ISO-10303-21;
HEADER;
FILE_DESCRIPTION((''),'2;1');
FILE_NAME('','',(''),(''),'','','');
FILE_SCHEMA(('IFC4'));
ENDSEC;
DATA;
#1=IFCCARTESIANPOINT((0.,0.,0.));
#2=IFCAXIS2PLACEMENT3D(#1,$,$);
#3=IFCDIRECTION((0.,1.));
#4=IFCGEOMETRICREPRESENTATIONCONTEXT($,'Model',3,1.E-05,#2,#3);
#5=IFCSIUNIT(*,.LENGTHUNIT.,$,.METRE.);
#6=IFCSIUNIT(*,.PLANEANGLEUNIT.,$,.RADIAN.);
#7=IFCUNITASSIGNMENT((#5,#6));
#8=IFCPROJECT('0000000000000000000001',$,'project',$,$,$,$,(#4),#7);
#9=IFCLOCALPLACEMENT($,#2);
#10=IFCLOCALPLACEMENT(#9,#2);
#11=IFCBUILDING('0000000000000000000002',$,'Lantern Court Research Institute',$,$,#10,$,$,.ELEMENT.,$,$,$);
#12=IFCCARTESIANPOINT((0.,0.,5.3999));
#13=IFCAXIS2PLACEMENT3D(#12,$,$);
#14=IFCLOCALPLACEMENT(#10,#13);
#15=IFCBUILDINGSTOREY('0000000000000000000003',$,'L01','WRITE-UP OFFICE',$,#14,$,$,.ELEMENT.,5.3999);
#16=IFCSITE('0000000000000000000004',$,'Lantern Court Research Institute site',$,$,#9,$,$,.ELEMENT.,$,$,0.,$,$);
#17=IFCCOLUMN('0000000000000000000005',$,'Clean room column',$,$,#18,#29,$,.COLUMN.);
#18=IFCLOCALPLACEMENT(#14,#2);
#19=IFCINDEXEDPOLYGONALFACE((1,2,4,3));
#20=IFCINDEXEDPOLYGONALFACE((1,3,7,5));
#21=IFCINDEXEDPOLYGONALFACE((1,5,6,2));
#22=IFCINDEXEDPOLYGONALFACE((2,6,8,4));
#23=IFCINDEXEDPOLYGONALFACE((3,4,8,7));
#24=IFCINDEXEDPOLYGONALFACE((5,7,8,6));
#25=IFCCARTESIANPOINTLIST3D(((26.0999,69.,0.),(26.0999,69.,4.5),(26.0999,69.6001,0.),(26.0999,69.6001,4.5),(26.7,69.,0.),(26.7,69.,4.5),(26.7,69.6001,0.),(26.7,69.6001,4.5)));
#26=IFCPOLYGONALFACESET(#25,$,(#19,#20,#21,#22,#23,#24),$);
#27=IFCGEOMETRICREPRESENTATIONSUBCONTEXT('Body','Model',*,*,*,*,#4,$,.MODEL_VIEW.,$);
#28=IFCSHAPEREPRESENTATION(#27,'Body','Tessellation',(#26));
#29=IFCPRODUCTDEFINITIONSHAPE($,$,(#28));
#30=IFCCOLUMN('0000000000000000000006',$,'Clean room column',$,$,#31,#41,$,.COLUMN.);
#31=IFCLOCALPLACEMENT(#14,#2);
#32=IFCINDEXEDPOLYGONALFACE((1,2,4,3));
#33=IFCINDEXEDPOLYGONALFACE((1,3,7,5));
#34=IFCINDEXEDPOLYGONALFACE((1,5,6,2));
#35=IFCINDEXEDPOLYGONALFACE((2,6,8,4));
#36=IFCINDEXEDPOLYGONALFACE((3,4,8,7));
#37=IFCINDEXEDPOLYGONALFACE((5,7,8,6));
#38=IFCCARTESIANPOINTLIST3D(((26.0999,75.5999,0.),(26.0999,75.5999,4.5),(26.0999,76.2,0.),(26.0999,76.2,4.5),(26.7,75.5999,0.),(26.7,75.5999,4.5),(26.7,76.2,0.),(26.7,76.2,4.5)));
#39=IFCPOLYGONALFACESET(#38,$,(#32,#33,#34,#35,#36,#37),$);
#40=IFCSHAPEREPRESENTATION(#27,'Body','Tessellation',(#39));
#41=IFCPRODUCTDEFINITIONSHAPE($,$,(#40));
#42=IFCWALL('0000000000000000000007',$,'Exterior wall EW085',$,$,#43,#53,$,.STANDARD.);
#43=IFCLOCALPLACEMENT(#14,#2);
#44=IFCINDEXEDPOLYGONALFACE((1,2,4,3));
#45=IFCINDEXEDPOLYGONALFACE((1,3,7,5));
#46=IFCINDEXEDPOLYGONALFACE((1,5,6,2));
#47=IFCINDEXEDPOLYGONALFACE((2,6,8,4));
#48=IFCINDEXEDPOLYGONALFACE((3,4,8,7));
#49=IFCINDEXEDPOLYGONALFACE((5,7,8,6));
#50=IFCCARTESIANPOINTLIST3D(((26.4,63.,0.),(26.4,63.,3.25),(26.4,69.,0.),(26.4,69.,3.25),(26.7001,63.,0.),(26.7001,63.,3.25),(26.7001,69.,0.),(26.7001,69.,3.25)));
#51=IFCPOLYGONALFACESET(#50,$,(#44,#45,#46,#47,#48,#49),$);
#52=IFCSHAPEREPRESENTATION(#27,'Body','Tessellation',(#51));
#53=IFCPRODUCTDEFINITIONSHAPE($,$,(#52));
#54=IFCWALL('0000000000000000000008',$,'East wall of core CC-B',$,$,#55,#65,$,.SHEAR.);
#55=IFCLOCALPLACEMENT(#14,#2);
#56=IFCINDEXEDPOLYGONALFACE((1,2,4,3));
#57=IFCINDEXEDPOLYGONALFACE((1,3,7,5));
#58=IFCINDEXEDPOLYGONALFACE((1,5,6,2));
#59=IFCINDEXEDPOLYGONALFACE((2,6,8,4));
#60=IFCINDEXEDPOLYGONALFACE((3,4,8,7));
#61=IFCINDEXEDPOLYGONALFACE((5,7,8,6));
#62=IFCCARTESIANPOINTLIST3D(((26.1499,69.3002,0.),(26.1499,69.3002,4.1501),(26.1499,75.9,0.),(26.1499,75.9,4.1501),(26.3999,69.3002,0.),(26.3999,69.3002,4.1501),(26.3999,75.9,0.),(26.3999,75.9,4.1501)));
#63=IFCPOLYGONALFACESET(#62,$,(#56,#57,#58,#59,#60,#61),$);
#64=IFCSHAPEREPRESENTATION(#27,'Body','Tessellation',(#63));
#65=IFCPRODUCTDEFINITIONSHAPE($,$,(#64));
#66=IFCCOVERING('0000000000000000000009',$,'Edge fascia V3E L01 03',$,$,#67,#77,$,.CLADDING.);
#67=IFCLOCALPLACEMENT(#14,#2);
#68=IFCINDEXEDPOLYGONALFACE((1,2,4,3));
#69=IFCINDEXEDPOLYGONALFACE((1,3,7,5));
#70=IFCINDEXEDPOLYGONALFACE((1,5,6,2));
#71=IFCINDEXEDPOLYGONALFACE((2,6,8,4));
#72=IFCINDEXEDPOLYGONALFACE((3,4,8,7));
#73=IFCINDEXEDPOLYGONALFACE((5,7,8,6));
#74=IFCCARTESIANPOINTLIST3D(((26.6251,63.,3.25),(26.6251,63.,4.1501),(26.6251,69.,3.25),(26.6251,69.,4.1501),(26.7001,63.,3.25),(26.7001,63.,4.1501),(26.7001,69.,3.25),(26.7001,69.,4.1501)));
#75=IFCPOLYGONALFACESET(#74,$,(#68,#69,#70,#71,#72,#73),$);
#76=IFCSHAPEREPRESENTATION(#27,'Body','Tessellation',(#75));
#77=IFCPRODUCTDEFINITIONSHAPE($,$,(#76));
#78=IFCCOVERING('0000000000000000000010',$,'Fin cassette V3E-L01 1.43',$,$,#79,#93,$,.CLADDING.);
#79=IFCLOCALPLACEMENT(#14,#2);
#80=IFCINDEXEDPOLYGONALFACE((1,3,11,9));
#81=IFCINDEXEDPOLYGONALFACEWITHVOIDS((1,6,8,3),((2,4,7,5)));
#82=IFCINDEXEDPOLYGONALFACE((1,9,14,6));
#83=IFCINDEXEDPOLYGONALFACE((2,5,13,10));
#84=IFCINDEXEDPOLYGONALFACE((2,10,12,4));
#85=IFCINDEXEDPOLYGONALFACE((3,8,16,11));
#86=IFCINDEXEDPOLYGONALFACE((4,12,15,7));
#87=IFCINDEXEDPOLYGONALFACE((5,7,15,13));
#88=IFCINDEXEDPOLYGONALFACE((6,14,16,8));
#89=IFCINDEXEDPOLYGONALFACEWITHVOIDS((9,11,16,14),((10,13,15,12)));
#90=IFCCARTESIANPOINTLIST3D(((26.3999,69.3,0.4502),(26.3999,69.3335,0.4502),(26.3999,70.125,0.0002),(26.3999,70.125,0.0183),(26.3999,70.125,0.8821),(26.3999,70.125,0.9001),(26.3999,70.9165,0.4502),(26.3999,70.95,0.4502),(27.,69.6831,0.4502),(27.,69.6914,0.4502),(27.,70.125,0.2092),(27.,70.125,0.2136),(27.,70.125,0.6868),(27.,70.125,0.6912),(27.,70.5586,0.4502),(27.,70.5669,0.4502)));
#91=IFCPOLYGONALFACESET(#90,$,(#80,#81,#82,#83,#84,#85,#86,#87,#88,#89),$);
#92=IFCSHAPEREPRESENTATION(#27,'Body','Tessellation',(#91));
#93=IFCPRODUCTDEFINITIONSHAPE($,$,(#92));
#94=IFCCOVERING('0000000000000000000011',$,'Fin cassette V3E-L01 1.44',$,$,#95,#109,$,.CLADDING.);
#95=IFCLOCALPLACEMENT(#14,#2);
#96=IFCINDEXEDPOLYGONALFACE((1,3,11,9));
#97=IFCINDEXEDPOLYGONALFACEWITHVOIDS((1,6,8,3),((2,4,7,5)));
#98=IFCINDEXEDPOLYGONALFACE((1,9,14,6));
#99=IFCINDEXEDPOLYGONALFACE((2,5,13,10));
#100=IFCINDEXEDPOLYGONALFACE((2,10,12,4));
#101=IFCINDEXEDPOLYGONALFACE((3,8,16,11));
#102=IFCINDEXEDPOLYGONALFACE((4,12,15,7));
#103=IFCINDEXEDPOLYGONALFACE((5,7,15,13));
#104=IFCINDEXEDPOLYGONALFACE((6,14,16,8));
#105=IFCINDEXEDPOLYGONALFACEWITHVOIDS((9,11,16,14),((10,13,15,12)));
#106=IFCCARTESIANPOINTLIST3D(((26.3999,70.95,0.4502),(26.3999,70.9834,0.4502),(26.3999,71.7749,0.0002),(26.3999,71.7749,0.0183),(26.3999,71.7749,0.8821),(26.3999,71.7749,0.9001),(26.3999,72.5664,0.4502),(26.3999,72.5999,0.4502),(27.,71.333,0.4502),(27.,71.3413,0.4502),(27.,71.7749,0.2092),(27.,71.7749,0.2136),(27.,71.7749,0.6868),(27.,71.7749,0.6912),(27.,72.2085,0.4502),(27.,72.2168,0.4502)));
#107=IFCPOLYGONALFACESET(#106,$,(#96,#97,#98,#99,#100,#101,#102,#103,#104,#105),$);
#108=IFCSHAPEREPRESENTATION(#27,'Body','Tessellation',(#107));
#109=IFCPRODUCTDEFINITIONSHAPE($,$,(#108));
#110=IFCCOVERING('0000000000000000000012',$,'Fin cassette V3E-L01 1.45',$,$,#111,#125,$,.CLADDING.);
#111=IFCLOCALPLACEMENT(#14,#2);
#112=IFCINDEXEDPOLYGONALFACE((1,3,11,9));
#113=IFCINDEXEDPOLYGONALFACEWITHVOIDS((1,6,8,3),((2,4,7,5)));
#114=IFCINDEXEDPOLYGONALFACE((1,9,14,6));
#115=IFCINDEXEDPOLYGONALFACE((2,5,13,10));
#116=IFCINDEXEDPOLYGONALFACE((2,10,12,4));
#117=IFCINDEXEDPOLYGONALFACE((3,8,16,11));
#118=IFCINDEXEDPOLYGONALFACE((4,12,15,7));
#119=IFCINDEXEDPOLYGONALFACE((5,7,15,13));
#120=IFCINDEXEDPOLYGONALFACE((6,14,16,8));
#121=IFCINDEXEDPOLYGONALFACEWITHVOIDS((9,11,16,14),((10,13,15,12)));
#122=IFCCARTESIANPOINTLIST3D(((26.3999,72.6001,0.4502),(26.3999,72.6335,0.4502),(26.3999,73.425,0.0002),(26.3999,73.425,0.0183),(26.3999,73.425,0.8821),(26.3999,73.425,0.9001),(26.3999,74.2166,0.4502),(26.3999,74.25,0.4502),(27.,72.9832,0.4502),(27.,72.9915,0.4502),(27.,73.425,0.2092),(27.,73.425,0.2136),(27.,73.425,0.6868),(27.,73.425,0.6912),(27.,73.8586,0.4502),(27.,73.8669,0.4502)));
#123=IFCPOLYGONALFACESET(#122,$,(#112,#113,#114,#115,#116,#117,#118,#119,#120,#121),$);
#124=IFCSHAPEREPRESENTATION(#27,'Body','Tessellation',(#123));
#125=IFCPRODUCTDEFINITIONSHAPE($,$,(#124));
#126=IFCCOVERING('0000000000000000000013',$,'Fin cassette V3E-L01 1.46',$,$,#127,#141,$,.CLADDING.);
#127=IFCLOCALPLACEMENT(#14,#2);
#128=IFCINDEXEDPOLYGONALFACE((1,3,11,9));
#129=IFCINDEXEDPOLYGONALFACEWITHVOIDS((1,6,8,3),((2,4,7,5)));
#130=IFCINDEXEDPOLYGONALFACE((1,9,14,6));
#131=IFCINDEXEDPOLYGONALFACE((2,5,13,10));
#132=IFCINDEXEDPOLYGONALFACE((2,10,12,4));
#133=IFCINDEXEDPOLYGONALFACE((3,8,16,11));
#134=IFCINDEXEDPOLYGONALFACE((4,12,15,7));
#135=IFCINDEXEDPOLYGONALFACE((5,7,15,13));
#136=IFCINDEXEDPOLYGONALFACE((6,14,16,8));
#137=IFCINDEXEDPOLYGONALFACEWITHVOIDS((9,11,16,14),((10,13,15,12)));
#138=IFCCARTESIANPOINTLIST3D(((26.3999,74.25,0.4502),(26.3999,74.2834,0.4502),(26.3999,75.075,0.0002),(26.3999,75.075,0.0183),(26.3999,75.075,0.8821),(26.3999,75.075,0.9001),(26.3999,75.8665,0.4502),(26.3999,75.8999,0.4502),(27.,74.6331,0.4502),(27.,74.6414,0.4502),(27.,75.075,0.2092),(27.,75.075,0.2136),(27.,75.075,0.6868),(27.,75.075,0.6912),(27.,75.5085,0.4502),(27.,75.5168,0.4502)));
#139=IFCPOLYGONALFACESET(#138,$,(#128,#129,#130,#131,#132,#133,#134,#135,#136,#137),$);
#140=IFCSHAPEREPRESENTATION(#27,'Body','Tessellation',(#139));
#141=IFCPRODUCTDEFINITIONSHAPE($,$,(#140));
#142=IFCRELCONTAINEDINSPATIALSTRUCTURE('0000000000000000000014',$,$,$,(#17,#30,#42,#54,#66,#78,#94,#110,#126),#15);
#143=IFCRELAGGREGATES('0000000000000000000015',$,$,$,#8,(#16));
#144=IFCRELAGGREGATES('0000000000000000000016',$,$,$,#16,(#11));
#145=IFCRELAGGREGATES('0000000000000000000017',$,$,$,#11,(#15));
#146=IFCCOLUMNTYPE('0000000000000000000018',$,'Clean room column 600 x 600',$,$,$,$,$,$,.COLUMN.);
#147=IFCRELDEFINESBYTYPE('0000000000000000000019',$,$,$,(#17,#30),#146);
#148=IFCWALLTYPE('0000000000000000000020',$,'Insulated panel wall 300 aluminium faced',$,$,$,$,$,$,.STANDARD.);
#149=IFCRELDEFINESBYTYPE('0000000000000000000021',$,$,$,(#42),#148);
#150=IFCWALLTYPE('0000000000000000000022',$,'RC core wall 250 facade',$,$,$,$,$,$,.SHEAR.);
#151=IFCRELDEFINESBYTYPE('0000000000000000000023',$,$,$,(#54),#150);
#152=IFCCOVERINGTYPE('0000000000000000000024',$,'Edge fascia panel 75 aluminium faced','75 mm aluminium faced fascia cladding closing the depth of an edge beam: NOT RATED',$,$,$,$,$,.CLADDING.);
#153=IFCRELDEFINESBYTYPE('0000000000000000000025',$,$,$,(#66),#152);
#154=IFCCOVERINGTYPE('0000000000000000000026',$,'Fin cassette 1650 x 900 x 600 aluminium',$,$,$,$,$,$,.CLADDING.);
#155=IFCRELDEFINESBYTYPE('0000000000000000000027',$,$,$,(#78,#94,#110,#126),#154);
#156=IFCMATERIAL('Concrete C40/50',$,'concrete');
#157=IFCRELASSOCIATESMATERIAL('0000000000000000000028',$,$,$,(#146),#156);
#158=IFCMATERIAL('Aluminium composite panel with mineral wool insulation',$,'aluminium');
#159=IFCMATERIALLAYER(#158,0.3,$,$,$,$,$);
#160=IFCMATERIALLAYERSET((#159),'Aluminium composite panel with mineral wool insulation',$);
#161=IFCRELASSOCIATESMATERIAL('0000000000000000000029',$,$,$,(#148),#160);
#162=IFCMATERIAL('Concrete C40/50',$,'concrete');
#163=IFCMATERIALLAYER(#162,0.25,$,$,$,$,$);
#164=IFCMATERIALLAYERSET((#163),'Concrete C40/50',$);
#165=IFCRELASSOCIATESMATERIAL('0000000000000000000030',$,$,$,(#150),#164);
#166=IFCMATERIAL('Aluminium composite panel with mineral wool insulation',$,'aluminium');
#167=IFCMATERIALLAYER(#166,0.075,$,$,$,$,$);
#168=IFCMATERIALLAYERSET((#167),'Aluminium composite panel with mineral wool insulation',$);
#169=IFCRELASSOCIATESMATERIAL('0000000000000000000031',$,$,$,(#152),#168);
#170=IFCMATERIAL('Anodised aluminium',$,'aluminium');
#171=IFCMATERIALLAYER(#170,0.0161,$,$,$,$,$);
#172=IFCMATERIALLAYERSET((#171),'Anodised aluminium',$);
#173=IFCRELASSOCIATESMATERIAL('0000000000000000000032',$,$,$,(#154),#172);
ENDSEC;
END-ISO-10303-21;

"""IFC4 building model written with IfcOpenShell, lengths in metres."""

from ifc_helpers import new_model, entity, si_unit, direction, frame, frame_2d, origin, origin_2d, place, context, subcontext, project, spatial, rectangle, extrude, material, layer, layer_set, material_profile, profile_set, type_object, element, save


model = new_model("IFC4")

# Units and contexts
model_context = context("Model", 3, precision=1e-05, world=origin(), true_north=direction((0.0, 1.0)))
body_context = subcontext(model_context, "Body", "Model", "MODEL_VIEW")
ifc_project = project(units=[si_unit("LENGTHUNIT", "METRE"), si_unit("PLANEANGLEUNIT", "RADIAN")], contexts=[model_context])

# Site, building, storey
site_placement = place(None, origin())
site = spatial("IfcSite", under=ifc_project, at=site_placement, Name="Lantern Court Research Institute site", CompositionType="ELEMENT", RefElevation=0.0)
building_placement = place(site_placement, origin())
building = spatial("IfcBuilding", under=site, at=building_placement, Name="Lantern Court Research Institute", CompositionType="ELEMENT")
storey_placement = place(building_placement, frame((0.0, 0.0, 5.3999)))
storey = spatial("IfcBuildingStorey", under=building, at=storey_placement, Name="L01", Description="WRITE-UP OFFICE", CompositionType="ELEMENT", Elevation=5.3999)

# Columns
ifc_material_1 = material(Name="Concrete C40/50", Category="concrete")
ifc_material_profile = material_profile(ifc_material_1, rectangle(XDim=0.6001, YDim=0.6001, at=origin_2d()), Name="Clean room column 600 x 600")
ifc_profile_set = profile_set([ifc_material_profile], Name="Concrete C40/50")
column_type = type_object("IfcColumnType", Name="Clean room column 600 x 600", PredefinedType="COLUMN", material=ifc_profile_set)
for number, where, z_axis, x_axis, name in (
    (1, (26.3999, 69.3, 0.0), (0.0, 0.0, 1.0), (1.0, 0.0, 0.0), "Clean room column"),
    (2, (26.3999, 75.8999, 0.0), (0.0, 0.0, 1.0), (1.0, 0.0, 0.0), "Clean room column"),
):
    element("IfcColumn", number, at=place(storey_placement, frame(where, z_axis=z_axis, x_axis=x_axis)), inside=storey, type_object=column_type, Name=name, PredefinedType="COLUMN", context=body_context, shape_type="SweptSolid", body=[
        extrude(rectangle(XDim=0.6001, YDim=0.6001, at=origin_2d()), origin(), (0.0, 0.0, 1.0), 4.5),
    ])

# Walls
ifc_material_2 = material(Name="Aluminium composite panel with mineral wool insulation", Category="aluminium")
ifc_layer_1 = layer(ifc_material_2, 0.3)
ifc_layer_set_1 = layer_set([ifc_layer_1], Name="Aluminium composite panel with mineral wool insulation")
wall_type_1 = type_object("IfcWallType", Name="Insulated panel wall 300 aluminium faced", PredefinedType="STANDARD", material=ifc_layer_set_1)
wall_1_placement = place(storey_placement, frame((26.55, 69.0, 0.0), z_axis=(0.0, 0.0, 1.0), x_axis=(0.0, -1.0, 0.0)))
element("IfcWall", 3, at=wall_1_placement, inside=storey, type_object=wall_type_1, Name="Exterior wall EW085", PredefinedType="STANDARD", context=body_context, shape_type="SweptSolid", body=[
    extrude(rectangle(XDim=6.0, YDim=0.3, at=frame_2d((3.0, 0.0))), origin(), (0.0, 0.0, 1.0), 3.25),
])
ifc_material_3 = material(Name="Concrete C40/50", Category="concrete")
ifc_layer_2 = layer(ifc_material_3, 0.25)
ifc_layer_set_2 = layer_set([ifc_layer_2], Name="Concrete C40/50")
wall_type_2 = type_object("IfcWallType", Name="RC core wall 250 facade", PredefinedType="SHEAR", material=ifc_layer_set_2)
wall_2_placement = place(storey_placement, frame((26.2749, 75.8999, 0.0), z_axis=(0.0, 0.0, 1.0), x_axis=(0.0, -1.0, 0.0)))
element("IfcWall", 4, at=wall_2_placement, inside=storey, type_object=wall_type_2, Name="East wall of core CC-B", PredefinedType="SHEAR", context=body_context, shape_type="SweptSolid", body=[
    extrude(rectangle(XDim=6.5999, YDim=0.25, at=frame_2d((3.2998, 0.0))), origin(), (0.0, 0.0, 1.0), 4.1501),
])

# Coverings
ifc_material_4 = material(Name="Aluminium composite panel with mineral wool insulation", Category="aluminium")
ifc_layer_3 = layer(ifc_material_4, 0.075)
ifc_layer_set_3 = layer_set([ifc_layer_3], Name="Aluminium composite panel with mineral wool insulation")
covering_type_1 = type_object("IfcCoveringType", Name="Edge fascia panel 75 aluminium faced", Description="75 mm aluminium faced fascia cladding closing the depth of an edge beam: NOT RATED", PredefinedType="CLADDING", material=ifc_layer_set_3)
covering_1_placement = place(storey_placement, frame((26.6626, 69.0, 3.25), z_axis=(0.0, 0.0, 1.0), x_axis=(0.0, -1.0, 0.0)))
element("IfcCovering", 5, at=covering_1_placement, inside=storey, type_object=covering_type_1, Name="Edge fascia V3E L01 03", PredefinedType="CLADDING", context=body_context, shape_type="SweptSolid", body=[
    extrude(rectangle(XDim=6.0, YDim=0.075, at=frame_2d((3.0, 0.0))), origin(), (0.0, 0.0, 1.0), 0.9001),
])
ifc_material_5 = material(Name="Anodised aluminium", Category="aluminium")
ifc_layer_4 = layer(ifc_material_5, 0.0161)
ifc_layer_set_4 = layer_set([ifc_layer_4], Name="Anodised aluminium")
covering_type_2 = type_object("IfcCoveringType", Name="Fin cassette 1650 x 900 x 600 aluminium", PredefinedType="CLADDING", material=ifc_layer_set_4)
covering_2_placement = place(storey_placement, frame((26.3999, 70.125, 0.4502), z_axis=(1.0, 0.0, 0.0), x_axis=(0.0, 1.0, 0.0)))
cartesian_point_1 = entity("IfcCartesianPoint", [0.825, 0.0])
cartesian_point_2 = entity("IfcCartesianPoint", [0.7915, 0.0])
cartesian_point_3 = entity("IfcCartesianPoint", [0.4419, 0.0])
cartesian_point_4 = entity("IfcCartesianPoint", [0.4336, 0.0])
element("IfcCovering", 6, at=covering_2_placement, inside=storey, type_object=covering_type_2, Name="Fin cassette V3E-L01 1.43", PredefinedType="CLADDING", context=body_context, shape_type="SweptSolid", body=[
    entity("IfcExtrudedAreaSolidTapered", entity("IfcArbitraryProfileDefWithVoids", "AREA", None, entity("IfcPolyline", [cartesian_point_1, entity("IfcCartesianPoint", [0.0, 0.45]), entity("IfcCartesianPoint", [-0.825, 0.0]), entity("IfcCartesianPoint", [0.0, -0.45]), cartesian_point_1]), [entity("IfcPolyline", [cartesian_point_2, entity("IfcCartesianPoint", [0.0, 0.4319]), entity("IfcCartesianPoint", [-0.7915, 0.0]), entity("IfcCartesianPoint", [0.0, -0.4319]), cartesian_point_2])]), entity("IfcAxis2Placement3D", entity("IfcCartesianPoint", [0.0, 0.0, 0.0])), entity("IfcDirection", [0.0, 0.0, 1.0]), 0.6001, entity("IfcArbitraryProfileDefWithVoids", "AREA", None, entity("IfcPolyline", [cartesian_point_3, entity("IfcCartesianPoint", [0.0, 0.241]), entity("IfcCartesianPoint", [-0.4419, 0.0]), entity("IfcCartesianPoint", [0.0, -0.241]), cartesian_point_3]), [entity("IfcPolyline", [cartesian_point_4, entity("IfcCartesianPoint", [0.0, 0.2366]), entity("IfcCartesianPoint", [-0.4336, 0.0]), entity("IfcCartesianPoint", [0.0, -0.2366]), cartesian_point_4])])),
])
covering_3_placement = place(storey_placement, frame((26.3999, 71.7749, 0.4502), z_axis=(1.0, 0.0, 0.0), x_axis=(0.0, 1.0, 0.0)))
cartesian_point_5 = entity("IfcCartesianPoint", [0.825, 0.0])
cartesian_point_6 = entity("IfcCartesianPoint", [0.7915, 0.0])
cartesian_point_7 = entity("IfcCartesianPoint", [0.4419, 0.0])
cartesian_point_8 = entity("IfcCartesianPoint", [0.4336, 0.0])
element("IfcCovering", 7, at=covering_3_placement, inside=storey, type_object=covering_type_2, Name="Fin cassette V3E-L01 1.44", PredefinedType="CLADDING", context=body_context, shape_type="SweptSolid", body=[
    entity("IfcExtrudedAreaSolidTapered", entity("IfcArbitraryProfileDefWithVoids", "AREA", None, entity("IfcPolyline", [cartesian_point_5, entity("IfcCartesianPoint", [0.0, 0.45]), entity("IfcCartesianPoint", [-0.825, 0.0]), entity("IfcCartesianPoint", [0.0, -0.45]), cartesian_point_5]), [entity("IfcPolyline", [cartesian_point_6, entity("IfcCartesianPoint", [0.0, 0.4319]), entity("IfcCartesianPoint", [-0.7915, 0.0]), entity("IfcCartesianPoint", [0.0, -0.4319]), cartesian_point_6])]), entity("IfcAxis2Placement3D", entity("IfcCartesianPoint", [0.0, 0.0, 0.0])), entity("IfcDirection", [0.0, 0.0, 1.0]), 0.6001, entity("IfcArbitraryProfileDefWithVoids", "AREA", None, entity("IfcPolyline", [cartesian_point_7, entity("IfcCartesianPoint", [0.0, 0.241]), entity("IfcCartesianPoint", [-0.4419, 0.0]), entity("IfcCartesianPoint", [0.0, -0.241]), cartesian_point_7]), [entity("IfcPolyline", [cartesian_point_8, entity("IfcCartesianPoint", [0.0, 0.2366]), entity("IfcCartesianPoint", [-0.4336, 0.0]), entity("IfcCartesianPoint", [0.0, -0.2366]), cartesian_point_8])])),
])
covering_4_placement = place(storey_placement, frame((26.3999, 73.425, 0.4502), z_axis=(1.0, 0.0, 0.0), x_axis=(0.0, 1.0, 0.0)))
cartesian_point_9 = entity("IfcCartesianPoint", [0.825, 0.0])
cartesian_point_10 = entity("IfcCartesianPoint", [0.7915, 0.0])
cartesian_point_11 = entity("IfcCartesianPoint", [0.4419, 0.0])
cartesian_point_12 = entity("IfcCartesianPoint", [0.4336, 0.0])
element("IfcCovering", 8, at=covering_4_placement, inside=storey, type_object=covering_type_2, Name="Fin cassette V3E-L01 1.45", PredefinedType="CLADDING", context=body_context, shape_type="SweptSolid", body=[
    entity("IfcExtrudedAreaSolidTapered", entity("IfcArbitraryProfileDefWithVoids", "AREA", None, entity("IfcPolyline", [cartesian_point_9, entity("IfcCartesianPoint", [0.0, 0.45]), entity("IfcCartesianPoint", [-0.825, 0.0]), entity("IfcCartesianPoint", [0.0, -0.45]), cartesian_point_9]), [entity("IfcPolyline", [cartesian_point_10, entity("IfcCartesianPoint", [0.0, 0.4319]), entity("IfcCartesianPoint", [-0.7915, 0.0]), entity("IfcCartesianPoint", [0.0, -0.4319]), cartesian_point_10])]), entity("IfcAxis2Placement3D", entity("IfcCartesianPoint", [0.0, 0.0, 0.0])), entity("IfcDirection", [0.0, 0.0, 1.0]), 0.6001, entity("IfcArbitraryProfileDefWithVoids", "AREA", None, entity("IfcPolyline", [cartesian_point_11, entity("IfcCartesianPoint", [0.0, 0.241]), entity("IfcCartesianPoint", [-0.4419, 0.0]), entity("IfcCartesianPoint", [0.0, -0.241]), cartesian_point_11]), [entity("IfcPolyline", [cartesian_point_12, entity("IfcCartesianPoint", [0.0, 0.2366]), entity("IfcCartesianPoint", [-0.4336, 0.0]), entity("IfcCartesianPoint", [0.0, -0.2366]), cartesian_point_12])])),
])
covering_5_placement = place(storey_placement, frame((26.3999, 75.075, 0.4502), z_axis=(1.0, 0.0, 0.0), x_axis=(0.0, 1.0, 0.0)))
cartesian_point_13 = entity("IfcCartesianPoint", [0.825, 0.0])
cartesian_point_14 = entity("IfcCartesianPoint", [0.7915, 0.0])
cartesian_point_15 = entity("IfcCartesianPoint", [0.4419, 0.0])
cartesian_point_16 = entity("IfcCartesianPoint", [0.4336, 0.0])
element("IfcCovering", 9, at=covering_5_placement, inside=storey, type_object=covering_type_2, Name="Fin cassette V3E-L01 1.46", PredefinedType="CLADDING", context=body_context, shape_type="SweptSolid", body=[
    entity("IfcExtrudedAreaSolidTapered", entity("IfcArbitraryProfileDefWithVoids", "AREA", None, entity("IfcPolyline", [cartesian_point_13, entity("IfcCartesianPoint", [0.0, 0.45]), entity("IfcCartesianPoint", [-0.825, 0.0]), entity("IfcCartesianPoint", [0.0, -0.45]), cartesian_point_13]), [entity("IfcPolyline", [cartesian_point_14, entity("IfcCartesianPoint", [0.0, 0.4319]), entity("IfcCartesianPoint", [-0.7915, 0.0]), entity("IfcCartesianPoint", [0.0, -0.4319]), cartesian_point_14])]), entity("IfcAxis2Placement3D", entity("IfcCartesianPoint", [0.0, 0.0, 0.0])), entity("IfcDirection", [0.0, 0.0, 1.0]), 0.6001, entity("IfcArbitraryProfileDefWithVoids", "AREA", None, entity("IfcPolyline", [cartesian_point_15, entity("IfcCartesianPoint", [0.0, 0.241]), entity("IfcCartesianPoint", [-0.4419, 0.0]), entity("IfcCartesianPoint", [0.0, -0.241]), cartesian_point_15]), [entity("IfcPolyline", [cartesian_point_16, entity("IfcCartesianPoint", [0.0, 0.2366]), entity("IfcCartesianPoint", [-0.4336, 0.0]), entity("IfcCartesianPoint", [0.0, -0.2366]), cartesian_point_16])])),
])

save(model, "model.ifc")
